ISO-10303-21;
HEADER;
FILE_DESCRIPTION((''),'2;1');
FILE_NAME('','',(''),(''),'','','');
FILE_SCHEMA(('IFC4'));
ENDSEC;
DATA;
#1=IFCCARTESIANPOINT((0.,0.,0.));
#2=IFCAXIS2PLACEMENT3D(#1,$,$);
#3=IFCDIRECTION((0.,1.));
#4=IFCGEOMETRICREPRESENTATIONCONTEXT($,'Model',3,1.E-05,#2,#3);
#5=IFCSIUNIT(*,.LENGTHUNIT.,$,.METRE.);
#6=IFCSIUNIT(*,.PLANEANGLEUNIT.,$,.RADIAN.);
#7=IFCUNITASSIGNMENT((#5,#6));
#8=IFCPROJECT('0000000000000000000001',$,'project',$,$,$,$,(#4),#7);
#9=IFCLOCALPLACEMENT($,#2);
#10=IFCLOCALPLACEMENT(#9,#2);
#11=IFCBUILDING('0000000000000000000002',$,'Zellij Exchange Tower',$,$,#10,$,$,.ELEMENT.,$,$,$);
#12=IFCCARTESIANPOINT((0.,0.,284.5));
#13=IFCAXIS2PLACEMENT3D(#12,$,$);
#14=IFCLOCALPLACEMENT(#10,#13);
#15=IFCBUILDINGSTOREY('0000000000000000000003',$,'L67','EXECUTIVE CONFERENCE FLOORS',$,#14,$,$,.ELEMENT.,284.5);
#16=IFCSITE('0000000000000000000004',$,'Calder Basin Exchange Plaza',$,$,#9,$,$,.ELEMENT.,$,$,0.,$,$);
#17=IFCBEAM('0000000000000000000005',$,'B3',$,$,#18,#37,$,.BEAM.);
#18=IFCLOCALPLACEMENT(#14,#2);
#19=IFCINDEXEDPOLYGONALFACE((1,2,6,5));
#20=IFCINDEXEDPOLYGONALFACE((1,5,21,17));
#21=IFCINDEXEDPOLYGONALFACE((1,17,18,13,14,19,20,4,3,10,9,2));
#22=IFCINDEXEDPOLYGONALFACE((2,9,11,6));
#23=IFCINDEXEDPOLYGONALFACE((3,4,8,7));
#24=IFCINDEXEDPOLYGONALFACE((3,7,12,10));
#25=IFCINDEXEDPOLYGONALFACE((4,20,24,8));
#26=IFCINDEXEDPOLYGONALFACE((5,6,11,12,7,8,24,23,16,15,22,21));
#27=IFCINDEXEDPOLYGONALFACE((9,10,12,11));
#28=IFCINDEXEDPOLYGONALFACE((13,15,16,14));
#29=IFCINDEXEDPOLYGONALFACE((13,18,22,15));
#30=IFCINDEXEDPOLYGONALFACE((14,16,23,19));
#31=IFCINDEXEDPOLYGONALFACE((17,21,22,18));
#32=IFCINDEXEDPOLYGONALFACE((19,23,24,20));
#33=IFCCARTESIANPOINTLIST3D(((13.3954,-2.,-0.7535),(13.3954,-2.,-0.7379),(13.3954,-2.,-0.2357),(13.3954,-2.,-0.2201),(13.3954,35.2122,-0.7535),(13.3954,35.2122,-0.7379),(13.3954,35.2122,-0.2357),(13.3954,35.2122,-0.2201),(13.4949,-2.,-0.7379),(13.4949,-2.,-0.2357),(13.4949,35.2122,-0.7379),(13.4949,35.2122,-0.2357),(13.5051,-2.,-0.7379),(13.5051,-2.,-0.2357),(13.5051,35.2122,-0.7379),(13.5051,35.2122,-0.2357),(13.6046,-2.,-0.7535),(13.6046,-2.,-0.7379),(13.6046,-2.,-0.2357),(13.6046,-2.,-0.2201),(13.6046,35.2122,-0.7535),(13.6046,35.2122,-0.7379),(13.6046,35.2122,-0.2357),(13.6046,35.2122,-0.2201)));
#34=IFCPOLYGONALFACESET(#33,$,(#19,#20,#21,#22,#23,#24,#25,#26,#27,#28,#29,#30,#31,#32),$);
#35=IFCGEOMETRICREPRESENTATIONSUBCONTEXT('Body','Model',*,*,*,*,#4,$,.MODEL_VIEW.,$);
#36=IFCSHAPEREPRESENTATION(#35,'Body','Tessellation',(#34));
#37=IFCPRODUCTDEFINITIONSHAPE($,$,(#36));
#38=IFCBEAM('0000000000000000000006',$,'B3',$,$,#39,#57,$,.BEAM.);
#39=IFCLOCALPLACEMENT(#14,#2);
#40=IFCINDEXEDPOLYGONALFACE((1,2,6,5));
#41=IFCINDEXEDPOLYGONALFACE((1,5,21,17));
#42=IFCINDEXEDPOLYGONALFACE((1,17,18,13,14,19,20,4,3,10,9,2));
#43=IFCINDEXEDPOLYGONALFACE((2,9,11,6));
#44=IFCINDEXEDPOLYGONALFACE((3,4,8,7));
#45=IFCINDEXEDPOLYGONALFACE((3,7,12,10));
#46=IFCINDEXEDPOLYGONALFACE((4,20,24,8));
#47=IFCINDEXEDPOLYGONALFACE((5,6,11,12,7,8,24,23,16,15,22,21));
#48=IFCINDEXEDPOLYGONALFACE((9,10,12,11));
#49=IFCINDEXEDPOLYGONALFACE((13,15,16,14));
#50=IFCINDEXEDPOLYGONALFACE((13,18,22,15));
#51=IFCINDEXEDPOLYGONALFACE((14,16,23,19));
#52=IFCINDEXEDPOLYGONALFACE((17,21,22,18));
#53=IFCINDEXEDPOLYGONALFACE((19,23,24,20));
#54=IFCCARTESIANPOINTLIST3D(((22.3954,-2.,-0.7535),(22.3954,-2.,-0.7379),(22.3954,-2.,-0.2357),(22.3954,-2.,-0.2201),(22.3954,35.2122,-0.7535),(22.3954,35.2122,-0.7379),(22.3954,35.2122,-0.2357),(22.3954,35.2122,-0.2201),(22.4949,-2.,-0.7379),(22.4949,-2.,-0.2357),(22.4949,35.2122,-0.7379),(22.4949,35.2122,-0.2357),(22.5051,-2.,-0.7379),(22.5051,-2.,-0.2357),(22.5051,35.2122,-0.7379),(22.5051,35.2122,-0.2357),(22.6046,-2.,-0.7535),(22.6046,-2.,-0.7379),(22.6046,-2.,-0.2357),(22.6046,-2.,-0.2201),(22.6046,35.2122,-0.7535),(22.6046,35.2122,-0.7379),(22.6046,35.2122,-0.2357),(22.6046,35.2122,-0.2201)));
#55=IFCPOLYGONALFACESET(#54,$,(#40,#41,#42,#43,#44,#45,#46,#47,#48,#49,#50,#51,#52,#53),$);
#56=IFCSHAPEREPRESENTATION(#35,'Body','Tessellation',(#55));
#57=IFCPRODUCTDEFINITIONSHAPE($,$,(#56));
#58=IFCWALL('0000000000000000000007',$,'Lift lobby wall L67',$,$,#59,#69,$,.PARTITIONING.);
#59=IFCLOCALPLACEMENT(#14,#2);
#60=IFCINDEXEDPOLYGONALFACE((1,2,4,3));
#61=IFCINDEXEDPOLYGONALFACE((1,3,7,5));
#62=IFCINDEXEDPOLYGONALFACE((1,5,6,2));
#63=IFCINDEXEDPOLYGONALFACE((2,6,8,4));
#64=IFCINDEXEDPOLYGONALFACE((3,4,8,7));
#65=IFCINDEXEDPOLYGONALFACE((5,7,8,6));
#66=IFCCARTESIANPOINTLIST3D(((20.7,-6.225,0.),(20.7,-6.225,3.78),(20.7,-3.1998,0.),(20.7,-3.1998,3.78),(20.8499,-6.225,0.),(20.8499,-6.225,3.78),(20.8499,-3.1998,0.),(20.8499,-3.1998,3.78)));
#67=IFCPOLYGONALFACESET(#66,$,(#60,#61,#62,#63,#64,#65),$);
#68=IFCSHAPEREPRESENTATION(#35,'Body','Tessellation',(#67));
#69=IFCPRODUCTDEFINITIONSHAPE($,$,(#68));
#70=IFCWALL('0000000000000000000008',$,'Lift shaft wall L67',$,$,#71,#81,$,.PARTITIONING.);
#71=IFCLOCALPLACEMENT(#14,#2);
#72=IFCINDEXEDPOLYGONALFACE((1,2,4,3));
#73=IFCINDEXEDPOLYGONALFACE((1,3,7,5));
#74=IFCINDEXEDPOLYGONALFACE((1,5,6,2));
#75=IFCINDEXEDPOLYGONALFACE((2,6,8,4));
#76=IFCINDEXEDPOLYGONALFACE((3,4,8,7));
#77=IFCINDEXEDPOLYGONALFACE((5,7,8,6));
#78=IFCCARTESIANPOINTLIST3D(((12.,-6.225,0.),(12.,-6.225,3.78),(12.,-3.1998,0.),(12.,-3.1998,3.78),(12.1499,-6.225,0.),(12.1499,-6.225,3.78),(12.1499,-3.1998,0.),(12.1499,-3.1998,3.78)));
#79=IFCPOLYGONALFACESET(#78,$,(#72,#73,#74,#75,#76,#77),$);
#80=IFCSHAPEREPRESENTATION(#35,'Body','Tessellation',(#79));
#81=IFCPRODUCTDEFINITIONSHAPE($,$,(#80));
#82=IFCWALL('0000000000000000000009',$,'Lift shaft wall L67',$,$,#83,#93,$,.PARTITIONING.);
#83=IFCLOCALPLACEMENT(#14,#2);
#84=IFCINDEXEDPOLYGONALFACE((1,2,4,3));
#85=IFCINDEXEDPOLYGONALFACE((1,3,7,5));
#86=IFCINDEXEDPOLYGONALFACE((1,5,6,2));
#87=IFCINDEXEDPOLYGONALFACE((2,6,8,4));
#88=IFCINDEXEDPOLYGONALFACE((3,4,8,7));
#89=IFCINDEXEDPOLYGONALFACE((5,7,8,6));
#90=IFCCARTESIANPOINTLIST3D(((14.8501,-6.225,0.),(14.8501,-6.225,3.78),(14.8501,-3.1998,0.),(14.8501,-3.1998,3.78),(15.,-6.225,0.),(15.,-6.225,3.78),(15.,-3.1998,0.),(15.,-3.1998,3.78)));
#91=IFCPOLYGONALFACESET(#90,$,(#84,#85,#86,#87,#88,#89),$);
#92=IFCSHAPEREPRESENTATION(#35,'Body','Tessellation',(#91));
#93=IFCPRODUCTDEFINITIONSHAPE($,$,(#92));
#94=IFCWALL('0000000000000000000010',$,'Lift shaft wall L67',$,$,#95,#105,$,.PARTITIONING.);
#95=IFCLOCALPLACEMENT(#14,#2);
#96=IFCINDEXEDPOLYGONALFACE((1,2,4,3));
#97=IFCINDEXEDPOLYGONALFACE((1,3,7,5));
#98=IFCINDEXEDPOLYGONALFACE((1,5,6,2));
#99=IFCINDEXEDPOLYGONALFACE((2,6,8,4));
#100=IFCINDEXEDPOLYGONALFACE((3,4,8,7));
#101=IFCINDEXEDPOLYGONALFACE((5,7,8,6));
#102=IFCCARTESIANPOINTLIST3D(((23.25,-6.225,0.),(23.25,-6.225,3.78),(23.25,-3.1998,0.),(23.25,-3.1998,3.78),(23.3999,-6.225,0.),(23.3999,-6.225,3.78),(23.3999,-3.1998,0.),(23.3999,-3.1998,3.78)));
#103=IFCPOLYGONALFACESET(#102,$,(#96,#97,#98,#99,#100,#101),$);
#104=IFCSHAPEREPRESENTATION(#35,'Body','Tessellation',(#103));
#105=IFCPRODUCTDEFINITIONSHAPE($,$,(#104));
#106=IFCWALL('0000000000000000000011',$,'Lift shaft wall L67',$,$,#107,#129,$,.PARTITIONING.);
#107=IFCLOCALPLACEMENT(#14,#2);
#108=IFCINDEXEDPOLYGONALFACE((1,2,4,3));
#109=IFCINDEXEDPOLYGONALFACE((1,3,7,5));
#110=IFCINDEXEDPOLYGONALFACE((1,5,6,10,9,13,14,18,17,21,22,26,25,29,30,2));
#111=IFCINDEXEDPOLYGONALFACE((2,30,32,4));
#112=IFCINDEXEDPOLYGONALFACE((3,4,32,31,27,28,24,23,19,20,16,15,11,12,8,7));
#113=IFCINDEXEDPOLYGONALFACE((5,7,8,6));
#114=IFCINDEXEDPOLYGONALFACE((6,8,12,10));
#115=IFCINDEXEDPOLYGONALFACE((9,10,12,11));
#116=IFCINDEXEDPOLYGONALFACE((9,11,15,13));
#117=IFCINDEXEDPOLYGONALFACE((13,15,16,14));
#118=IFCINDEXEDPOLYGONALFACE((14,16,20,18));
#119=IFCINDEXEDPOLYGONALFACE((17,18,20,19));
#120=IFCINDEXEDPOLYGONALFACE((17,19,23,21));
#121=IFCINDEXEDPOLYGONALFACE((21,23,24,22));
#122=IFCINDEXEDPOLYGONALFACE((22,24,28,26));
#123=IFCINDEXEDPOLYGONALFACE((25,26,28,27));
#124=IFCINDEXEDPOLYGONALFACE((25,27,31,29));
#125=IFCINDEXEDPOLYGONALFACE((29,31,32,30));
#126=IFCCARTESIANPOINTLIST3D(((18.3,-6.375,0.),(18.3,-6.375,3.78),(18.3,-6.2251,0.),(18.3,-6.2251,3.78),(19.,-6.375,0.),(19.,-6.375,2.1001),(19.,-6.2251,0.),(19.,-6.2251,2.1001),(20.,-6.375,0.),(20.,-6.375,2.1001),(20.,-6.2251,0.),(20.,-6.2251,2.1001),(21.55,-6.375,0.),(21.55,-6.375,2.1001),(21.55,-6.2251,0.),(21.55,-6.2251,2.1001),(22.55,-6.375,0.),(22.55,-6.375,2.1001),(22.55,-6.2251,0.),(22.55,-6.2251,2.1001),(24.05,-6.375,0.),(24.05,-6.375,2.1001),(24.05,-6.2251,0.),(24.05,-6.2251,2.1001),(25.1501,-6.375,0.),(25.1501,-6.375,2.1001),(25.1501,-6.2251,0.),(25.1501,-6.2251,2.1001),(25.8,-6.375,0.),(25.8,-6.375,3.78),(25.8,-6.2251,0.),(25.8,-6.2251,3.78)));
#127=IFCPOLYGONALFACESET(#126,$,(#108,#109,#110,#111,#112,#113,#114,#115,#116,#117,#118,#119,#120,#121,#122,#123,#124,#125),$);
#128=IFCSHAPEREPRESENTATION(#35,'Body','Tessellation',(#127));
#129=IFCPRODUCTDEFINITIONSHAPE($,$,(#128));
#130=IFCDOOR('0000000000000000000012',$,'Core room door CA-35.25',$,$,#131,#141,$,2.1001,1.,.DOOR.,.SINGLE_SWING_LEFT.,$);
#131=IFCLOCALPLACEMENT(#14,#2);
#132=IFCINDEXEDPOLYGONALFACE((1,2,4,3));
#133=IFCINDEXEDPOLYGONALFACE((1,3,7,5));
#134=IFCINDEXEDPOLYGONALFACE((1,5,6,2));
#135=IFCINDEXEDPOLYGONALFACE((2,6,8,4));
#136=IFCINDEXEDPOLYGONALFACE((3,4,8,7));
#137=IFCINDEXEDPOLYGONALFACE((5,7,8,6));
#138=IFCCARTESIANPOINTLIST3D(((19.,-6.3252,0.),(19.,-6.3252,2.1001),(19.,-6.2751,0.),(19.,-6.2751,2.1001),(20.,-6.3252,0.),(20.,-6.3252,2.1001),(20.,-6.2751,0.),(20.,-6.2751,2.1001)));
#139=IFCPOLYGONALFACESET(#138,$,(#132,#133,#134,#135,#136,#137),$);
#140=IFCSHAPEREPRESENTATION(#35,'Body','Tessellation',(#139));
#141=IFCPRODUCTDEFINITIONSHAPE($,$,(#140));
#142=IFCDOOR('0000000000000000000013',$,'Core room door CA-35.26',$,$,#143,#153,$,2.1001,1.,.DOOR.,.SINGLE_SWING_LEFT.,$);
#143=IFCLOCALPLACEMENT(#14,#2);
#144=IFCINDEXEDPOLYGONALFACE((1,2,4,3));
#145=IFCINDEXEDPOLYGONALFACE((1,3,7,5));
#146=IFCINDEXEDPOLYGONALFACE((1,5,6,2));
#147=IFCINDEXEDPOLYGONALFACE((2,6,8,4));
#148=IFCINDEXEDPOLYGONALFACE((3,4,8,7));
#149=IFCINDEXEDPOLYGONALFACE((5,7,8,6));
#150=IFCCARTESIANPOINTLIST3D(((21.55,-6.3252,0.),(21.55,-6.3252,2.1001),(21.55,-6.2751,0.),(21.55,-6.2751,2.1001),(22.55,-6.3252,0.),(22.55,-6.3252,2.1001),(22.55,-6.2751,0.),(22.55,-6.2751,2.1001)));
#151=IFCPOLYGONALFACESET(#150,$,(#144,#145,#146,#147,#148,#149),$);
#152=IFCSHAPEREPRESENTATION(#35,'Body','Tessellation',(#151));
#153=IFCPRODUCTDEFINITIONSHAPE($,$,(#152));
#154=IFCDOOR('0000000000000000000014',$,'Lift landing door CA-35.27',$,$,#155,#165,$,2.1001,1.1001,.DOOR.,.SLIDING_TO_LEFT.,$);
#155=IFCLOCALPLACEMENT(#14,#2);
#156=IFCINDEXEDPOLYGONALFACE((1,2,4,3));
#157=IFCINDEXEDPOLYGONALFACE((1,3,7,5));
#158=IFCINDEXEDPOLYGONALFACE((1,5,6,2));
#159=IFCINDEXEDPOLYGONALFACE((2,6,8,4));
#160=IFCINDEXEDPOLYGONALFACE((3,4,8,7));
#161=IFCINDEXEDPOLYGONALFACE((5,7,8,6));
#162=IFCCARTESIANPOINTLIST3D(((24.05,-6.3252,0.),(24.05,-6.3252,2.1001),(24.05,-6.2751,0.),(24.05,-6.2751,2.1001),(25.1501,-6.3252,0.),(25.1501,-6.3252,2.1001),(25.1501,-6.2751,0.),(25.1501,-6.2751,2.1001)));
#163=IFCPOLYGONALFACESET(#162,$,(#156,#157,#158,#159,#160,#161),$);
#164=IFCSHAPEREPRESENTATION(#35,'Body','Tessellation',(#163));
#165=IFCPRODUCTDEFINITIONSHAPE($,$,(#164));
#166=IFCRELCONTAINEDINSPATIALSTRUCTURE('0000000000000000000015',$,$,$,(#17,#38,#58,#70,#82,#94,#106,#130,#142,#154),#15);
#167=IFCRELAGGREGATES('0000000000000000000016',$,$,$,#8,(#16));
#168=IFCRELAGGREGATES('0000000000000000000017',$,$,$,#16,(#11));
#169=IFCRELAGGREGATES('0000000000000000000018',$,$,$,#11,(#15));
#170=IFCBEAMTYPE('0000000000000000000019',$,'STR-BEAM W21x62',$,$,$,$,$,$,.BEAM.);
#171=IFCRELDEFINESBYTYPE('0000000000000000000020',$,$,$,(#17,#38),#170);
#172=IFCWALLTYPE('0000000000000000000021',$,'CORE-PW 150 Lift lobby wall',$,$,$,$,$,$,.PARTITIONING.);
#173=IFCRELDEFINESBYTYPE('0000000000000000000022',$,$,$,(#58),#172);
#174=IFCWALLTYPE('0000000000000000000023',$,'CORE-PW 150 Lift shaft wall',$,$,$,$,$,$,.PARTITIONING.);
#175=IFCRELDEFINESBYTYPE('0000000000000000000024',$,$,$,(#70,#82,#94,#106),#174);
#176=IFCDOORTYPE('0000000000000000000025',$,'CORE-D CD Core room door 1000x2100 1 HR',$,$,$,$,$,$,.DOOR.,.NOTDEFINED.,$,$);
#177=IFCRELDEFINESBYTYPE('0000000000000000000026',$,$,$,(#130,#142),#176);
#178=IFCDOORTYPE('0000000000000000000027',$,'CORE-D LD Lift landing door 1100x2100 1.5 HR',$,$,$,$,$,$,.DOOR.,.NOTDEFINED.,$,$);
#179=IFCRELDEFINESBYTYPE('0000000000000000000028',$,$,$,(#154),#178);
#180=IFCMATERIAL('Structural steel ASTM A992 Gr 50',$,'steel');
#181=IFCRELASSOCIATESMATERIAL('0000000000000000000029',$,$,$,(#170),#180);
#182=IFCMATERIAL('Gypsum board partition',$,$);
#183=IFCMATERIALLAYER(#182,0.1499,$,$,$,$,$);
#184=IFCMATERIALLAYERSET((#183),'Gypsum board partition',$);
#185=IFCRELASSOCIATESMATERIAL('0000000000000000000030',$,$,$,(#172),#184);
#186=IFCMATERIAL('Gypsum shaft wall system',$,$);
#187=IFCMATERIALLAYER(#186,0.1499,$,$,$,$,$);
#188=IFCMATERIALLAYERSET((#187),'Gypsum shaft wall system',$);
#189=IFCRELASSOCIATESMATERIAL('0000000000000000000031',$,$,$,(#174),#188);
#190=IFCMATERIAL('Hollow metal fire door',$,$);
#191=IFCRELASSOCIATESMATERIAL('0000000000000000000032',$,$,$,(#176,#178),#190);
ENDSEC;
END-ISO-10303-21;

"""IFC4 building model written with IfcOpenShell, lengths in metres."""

from ifc_helpers import new_model, si_unit, direction, frame, frame_2d, origin, origin_2d, place, context, subcontext, project, spatial, rectangle, i_section, extrude, material, layer, layer_set, material_profile, profile_set, type_object, element, fill, save


model = new_model("IFC4")

# Units and contexts
model_context = context("Model", 3, precision=1e-05, world=origin(), true_north=direction((0.0, 1.0)))
body_context = subcontext(model_context, "Body", "Model", "MODEL_VIEW")
ifc_project = project(units=[si_unit("LENGTHUNIT", "METRE"), si_unit("PLANEANGLEUNIT", "RADIAN")], contexts=[model_context])

# Site, building, storey
site_placement = place(None, origin())
site = spatial("IfcSite", under=ifc_project, at=site_placement, Name="Calder Basin Exchange Plaza", CompositionType="ELEMENT", RefElevation=0.0)
building_placement = place(site_placement, origin())
building = spatial("IfcBuilding", under=site, at=building_placement, Name="Zellij Exchange Tower", CompositionType="ELEMENT")
storey_placement = place(building_placement, frame((0.0, 0.0, 284.5)))
storey = spatial("IfcBuildingStorey", under=building, at=storey_placement, Name="L67", Description="EXECUTIVE CONFERENCE FLOORS", CompositionType="ELEMENT", Elevation=284.5)

# Beams
ifc_material_1 = material(Name="Structural steel ASTM A992 Gr 50", Category="steel")
ifc_material_profile = material_profile(ifc_material_1, i_section(OverallWidth=0.2092, OverallDepth=0.5334, WebThickness=0.0103, FlangeThickness=0.0156, at=origin_2d()), Name="W21x62")
ifc_profile_set = profile_set([ifc_material_profile], Name="Structural steel ASTM A992 Gr 50")
beam_type = type_object("IfcBeamType", Name="STR-BEAM W21x62", PredefinedType="BEAM", material=ifc_profile_set)
for number, where, z_axis, x_axis, name in (
    (1, (13.5, -2.0, -0.4868), (0.0, 1.0, 0.0), (-1.0, 0.0, 0.0), "B3"),
    (2, (22.5, -2.0, -0.4868), (0.0, 1.0, 0.0), (-1.0, 0.0, 0.0), "B3"),
):
    element("IfcBeam", number, at=place(storey_placement, frame(where, z_axis=z_axis, x_axis=x_axis)), inside=storey, type_object=beam_type, Name=name, PredefinedType="BEAM", context=body_context, shape_type="SweptSolid", body=[
        extrude(i_section(OverallWidth=0.2092, OverallDepth=0.5334, WebThickness=0.0103, FlangeThickness=0.0156, at=origin_2d()), origin(), (0.0, 0.0, 1.0), 37.2122),
    ])

# Walls
ifc_material_2 = material(Name="Gypsum board partition")
ifc_layer_1 = layer(ifc_material_2, 0.1499)
ifc_layer_set_1 = layer_set([ifc_layer_1], Name="Gypsum board partition")
wall_type_1 = type_object("IfcWallType", Name="CORE-PW 150 Lift lobby wall", PredefinedType="PARTITIONING", material=ifc_layer_set_1)
wall_1_placement = place(storey_placement, frame((20.7749, -6.2251, 0.0), z_axis=(0.0, 0.0, 1.0), x_axis=(0.0, 1.0, 0.0)))
element("IfcWall", 3, at=wall_1_placement, inside=storey, type_object=wall_type_1, Name="Lift lobby wall L67", PredefinedType="PARTITIONING", context=body_context, shape_type="SweptSolid", body=[
    extrude(rectangle(XDim=3.0251, YDim=0.1499, at=frame_2d((1.5127, 0.0))), origin(), (0.0, 0.0, 1.0), 3.78),
])
ifc_material_3 = material(Name="Gypsum shaft wall system")
ifc_layer_2 = layer(ifc_material_3, 0.1499)
ifc_layer_set_2 = layer_set([ifc_layer_2], Name="Gypsum shaft wall system")
wall_type_2 = type_object("IfcWallType", Name="CORE-PW 150 Lift shaft wall", PredefinedType="PARTITIONING", material=ifc_layer_set_2)
for number, where, z_axis, x_axis, name in (
    (4, (12.075, -6.2251, 0.0), (0.0, 0.0, 1.0), (0.0, 1.0, 0.0), "Lift shaft wall L67"),
    (5, (14.925, -6.2251, 0.0), (0.0, 0.0, 1.0), (0.0, 1.0, 0.0), "Lift shaft wall L67"),
    (6, (23.325, -6.2251, 0.0), (0.0, 0.0, 1.0), (0.0, 1.0, 0.0), "Lift shaft wall L67"),
):
    element("IfcWall", number, at=place(storey_placement, frame(where, z_axis=z_axis, x_axis=x_axis)), inside=storey, type_object=wall_type_2, Name=name, PredefinedType="PARTITIONING", context=body_context, shape_type="SweptSolid", body=[
        extrude(rectangle(XDim=3.0251, YDim=0.1499, at=frame_2d((1.5127, 0.0))), origin(), (0.0, 0.0, 1.0), 3.78),
    ])

# Wall, openings, doors
wall_2_placement = place(storey_placement, frame((18.3, -6.3, 0.0), z_axis=(0.0, 0.0, 1.0), x_axis=(1.0, 0.0, 0.0)))
wall_2 = element("IfcWall", 7, at=wall_2_placement, inside=storey, type_object=wall_type_2, Name="Lift shaft wall L67", PredefinedType="PARTITIONING", context=body_context, shape_type="SweptSolid", body=[
    extrude(rectangle(XDim=7.5, YDim=0.1499, at=frame_2d((3.75, 0.0))), origin(), (0.0, 0.0, 1.0), 3.78),
])
opening_1_placement = place(wall_2_placement, frame((0.7, 0.0, 0.0)))
opening_1 = element("IfcOpeningElement", 8, at=opening_1_placement, cuts=wall_2, PredefinedType="OPENING", context=body_context, shape_type="SweptSolid", body=[
    extrude(rectangle(XDim=1.0, YDim=2.1001, at=frame_2d((0.5, 1.05))), frame((0.0, 0.0869, 0.0), z_axis=(0.0, -1.0, 0.0), x_axis=(1.0, 0.0, 0.0)), (0.0, 0.0, 1.0), 0.1738),
])
opening_2_placement = place(wall_2_placement, frame((3.25, 0.0, 0.0)))
opening_2 = element("IfcOpeningElement", 9, at=opening_2_placement, cuts=wall_2, PredefinedType="OPENING", context=body_context, shape_type="SweptSolid", body=[
    extrude(rectangle(XDim=1.0, YDim=2.1001, at=frame_2d((0.5, 1.05))), frame((0.0, 0.0869, 0.0), z_axis=(0.0, -1.0, 0.0), x_axis=(1.0, 0.0, 0.0)), (0.0, 0.0, 1.0), 0.1738),
])
opening_3_placement = place(wall_2_placement, frame((5.75, 0.0, 0.0)))
opening_3 = element("IfcOpeningElement", 10, at=opening_3_placement, cuts=wall_2, PredefinedType="OPENING", context=body_context, shape_type="SweptSolid", body=[
    extrude(rectangle(XDim=1.1001, YDim=2.1001, at=frame_2d((0.55, 1.05))), frame((0.0, 0.0869, 0.0), z_axis=(0.0, -1.0, 0.0), x_axis=(1.0, 0.0, 0.0)), (0.0, 0.0, 1.0), 0.1738),
])
ifc_material_4 = material(Name="Hollow metal fire door")
door_type_1 = type_object("IfcDoorType", Name="CORE-D CD Core room door 1000x2100 1 HR", OperationType="NOTDEFINED", PredefinedType="DOOR", material=ifc_material_4)
door_1_placement = place(opening_1_placement, origin())
door_1 = element("IfcDoor", 11, at=door_1_placement, inside=storey, type_object=door_type_1, Name="Core room door CA-35.25", OperationType="SINGLE_SWING_LEFT", OverallHeight=2.1001, OverallWidth=1.0, PredefinedType="DOOR", context=body_context, shape_type="SweptSolid", body=[
    extrude(rectangle(XDim=1.0, YDim=2.1001, at=frame_2d((0.5, 1.05))), frame((0.0, 0.0249, 0.0), z_axis=(0.0, -1.0, 0.0), x_axis=(1.0, 0.0, 0.0)), (0.0, 0.0, 1.0), 0.05),
])
fill(opening_1, door_1)
door_2_placement = place(opening_2_placement, origin())
door_2 = element("IfcDoor", 12, at=door_2_placement, inside=storey, type_object=door_type_1, Name="Core room door CA-35.26", OperationType="SINGLE_SWING_LEFT", OverallHeight=2.1001, OverallWidth=1.0, PredefinedType="DOOR", context=body_context, shape_type="SweptSolid", body=[
    extrude(rectangle(XDim=1.0, YDim=2.1001, at=frame_2d((0.5, 1.05))), frame((0.0, 0.0249, 0.0), z_axis=(0.0, -1.0, 0.0), x_axis=(1.0, 0.0, 0.0)), (0.0, 0.0, 1.0), 0.05),
])
fill(opening_2, door_2)
door_type_2 = type_object("IfcDoorType", Name="CORE-D LD Lift landing door 1100x2100 1.5 HR", OperationType="NOTDEFINED", PredefinedType="DOOR", material=ifc_material_4)
door_3_placement = place(opening_3_placement, origin())
door_3 = element("IfcDoor", 13, at=door_3_placement, inside=storey, type_object=door_type_2, Name="Lift landing door CA-35.27", OperationType="SLIDING_TO_LEFT", OverallHeight=2.1001, OverallWidth=1.1001, PredefinedType="DOOR", context=body_context, shape_type="SweptSolid", body=[
    extrude(rectangle(XDim=1.1001, YDim=2.1001, at=frame_2d((0.55, 1.05))), frame((0.0, 0.0249, 0.0), z_axis=(0.0, -1.0, 0.0), x_axis=(1.0, 0.0, 0.0)), (0.0, 0.0, 1.0), 0.05),
])
fill(opening_3, door_3)

save(model, "model.ifc")
